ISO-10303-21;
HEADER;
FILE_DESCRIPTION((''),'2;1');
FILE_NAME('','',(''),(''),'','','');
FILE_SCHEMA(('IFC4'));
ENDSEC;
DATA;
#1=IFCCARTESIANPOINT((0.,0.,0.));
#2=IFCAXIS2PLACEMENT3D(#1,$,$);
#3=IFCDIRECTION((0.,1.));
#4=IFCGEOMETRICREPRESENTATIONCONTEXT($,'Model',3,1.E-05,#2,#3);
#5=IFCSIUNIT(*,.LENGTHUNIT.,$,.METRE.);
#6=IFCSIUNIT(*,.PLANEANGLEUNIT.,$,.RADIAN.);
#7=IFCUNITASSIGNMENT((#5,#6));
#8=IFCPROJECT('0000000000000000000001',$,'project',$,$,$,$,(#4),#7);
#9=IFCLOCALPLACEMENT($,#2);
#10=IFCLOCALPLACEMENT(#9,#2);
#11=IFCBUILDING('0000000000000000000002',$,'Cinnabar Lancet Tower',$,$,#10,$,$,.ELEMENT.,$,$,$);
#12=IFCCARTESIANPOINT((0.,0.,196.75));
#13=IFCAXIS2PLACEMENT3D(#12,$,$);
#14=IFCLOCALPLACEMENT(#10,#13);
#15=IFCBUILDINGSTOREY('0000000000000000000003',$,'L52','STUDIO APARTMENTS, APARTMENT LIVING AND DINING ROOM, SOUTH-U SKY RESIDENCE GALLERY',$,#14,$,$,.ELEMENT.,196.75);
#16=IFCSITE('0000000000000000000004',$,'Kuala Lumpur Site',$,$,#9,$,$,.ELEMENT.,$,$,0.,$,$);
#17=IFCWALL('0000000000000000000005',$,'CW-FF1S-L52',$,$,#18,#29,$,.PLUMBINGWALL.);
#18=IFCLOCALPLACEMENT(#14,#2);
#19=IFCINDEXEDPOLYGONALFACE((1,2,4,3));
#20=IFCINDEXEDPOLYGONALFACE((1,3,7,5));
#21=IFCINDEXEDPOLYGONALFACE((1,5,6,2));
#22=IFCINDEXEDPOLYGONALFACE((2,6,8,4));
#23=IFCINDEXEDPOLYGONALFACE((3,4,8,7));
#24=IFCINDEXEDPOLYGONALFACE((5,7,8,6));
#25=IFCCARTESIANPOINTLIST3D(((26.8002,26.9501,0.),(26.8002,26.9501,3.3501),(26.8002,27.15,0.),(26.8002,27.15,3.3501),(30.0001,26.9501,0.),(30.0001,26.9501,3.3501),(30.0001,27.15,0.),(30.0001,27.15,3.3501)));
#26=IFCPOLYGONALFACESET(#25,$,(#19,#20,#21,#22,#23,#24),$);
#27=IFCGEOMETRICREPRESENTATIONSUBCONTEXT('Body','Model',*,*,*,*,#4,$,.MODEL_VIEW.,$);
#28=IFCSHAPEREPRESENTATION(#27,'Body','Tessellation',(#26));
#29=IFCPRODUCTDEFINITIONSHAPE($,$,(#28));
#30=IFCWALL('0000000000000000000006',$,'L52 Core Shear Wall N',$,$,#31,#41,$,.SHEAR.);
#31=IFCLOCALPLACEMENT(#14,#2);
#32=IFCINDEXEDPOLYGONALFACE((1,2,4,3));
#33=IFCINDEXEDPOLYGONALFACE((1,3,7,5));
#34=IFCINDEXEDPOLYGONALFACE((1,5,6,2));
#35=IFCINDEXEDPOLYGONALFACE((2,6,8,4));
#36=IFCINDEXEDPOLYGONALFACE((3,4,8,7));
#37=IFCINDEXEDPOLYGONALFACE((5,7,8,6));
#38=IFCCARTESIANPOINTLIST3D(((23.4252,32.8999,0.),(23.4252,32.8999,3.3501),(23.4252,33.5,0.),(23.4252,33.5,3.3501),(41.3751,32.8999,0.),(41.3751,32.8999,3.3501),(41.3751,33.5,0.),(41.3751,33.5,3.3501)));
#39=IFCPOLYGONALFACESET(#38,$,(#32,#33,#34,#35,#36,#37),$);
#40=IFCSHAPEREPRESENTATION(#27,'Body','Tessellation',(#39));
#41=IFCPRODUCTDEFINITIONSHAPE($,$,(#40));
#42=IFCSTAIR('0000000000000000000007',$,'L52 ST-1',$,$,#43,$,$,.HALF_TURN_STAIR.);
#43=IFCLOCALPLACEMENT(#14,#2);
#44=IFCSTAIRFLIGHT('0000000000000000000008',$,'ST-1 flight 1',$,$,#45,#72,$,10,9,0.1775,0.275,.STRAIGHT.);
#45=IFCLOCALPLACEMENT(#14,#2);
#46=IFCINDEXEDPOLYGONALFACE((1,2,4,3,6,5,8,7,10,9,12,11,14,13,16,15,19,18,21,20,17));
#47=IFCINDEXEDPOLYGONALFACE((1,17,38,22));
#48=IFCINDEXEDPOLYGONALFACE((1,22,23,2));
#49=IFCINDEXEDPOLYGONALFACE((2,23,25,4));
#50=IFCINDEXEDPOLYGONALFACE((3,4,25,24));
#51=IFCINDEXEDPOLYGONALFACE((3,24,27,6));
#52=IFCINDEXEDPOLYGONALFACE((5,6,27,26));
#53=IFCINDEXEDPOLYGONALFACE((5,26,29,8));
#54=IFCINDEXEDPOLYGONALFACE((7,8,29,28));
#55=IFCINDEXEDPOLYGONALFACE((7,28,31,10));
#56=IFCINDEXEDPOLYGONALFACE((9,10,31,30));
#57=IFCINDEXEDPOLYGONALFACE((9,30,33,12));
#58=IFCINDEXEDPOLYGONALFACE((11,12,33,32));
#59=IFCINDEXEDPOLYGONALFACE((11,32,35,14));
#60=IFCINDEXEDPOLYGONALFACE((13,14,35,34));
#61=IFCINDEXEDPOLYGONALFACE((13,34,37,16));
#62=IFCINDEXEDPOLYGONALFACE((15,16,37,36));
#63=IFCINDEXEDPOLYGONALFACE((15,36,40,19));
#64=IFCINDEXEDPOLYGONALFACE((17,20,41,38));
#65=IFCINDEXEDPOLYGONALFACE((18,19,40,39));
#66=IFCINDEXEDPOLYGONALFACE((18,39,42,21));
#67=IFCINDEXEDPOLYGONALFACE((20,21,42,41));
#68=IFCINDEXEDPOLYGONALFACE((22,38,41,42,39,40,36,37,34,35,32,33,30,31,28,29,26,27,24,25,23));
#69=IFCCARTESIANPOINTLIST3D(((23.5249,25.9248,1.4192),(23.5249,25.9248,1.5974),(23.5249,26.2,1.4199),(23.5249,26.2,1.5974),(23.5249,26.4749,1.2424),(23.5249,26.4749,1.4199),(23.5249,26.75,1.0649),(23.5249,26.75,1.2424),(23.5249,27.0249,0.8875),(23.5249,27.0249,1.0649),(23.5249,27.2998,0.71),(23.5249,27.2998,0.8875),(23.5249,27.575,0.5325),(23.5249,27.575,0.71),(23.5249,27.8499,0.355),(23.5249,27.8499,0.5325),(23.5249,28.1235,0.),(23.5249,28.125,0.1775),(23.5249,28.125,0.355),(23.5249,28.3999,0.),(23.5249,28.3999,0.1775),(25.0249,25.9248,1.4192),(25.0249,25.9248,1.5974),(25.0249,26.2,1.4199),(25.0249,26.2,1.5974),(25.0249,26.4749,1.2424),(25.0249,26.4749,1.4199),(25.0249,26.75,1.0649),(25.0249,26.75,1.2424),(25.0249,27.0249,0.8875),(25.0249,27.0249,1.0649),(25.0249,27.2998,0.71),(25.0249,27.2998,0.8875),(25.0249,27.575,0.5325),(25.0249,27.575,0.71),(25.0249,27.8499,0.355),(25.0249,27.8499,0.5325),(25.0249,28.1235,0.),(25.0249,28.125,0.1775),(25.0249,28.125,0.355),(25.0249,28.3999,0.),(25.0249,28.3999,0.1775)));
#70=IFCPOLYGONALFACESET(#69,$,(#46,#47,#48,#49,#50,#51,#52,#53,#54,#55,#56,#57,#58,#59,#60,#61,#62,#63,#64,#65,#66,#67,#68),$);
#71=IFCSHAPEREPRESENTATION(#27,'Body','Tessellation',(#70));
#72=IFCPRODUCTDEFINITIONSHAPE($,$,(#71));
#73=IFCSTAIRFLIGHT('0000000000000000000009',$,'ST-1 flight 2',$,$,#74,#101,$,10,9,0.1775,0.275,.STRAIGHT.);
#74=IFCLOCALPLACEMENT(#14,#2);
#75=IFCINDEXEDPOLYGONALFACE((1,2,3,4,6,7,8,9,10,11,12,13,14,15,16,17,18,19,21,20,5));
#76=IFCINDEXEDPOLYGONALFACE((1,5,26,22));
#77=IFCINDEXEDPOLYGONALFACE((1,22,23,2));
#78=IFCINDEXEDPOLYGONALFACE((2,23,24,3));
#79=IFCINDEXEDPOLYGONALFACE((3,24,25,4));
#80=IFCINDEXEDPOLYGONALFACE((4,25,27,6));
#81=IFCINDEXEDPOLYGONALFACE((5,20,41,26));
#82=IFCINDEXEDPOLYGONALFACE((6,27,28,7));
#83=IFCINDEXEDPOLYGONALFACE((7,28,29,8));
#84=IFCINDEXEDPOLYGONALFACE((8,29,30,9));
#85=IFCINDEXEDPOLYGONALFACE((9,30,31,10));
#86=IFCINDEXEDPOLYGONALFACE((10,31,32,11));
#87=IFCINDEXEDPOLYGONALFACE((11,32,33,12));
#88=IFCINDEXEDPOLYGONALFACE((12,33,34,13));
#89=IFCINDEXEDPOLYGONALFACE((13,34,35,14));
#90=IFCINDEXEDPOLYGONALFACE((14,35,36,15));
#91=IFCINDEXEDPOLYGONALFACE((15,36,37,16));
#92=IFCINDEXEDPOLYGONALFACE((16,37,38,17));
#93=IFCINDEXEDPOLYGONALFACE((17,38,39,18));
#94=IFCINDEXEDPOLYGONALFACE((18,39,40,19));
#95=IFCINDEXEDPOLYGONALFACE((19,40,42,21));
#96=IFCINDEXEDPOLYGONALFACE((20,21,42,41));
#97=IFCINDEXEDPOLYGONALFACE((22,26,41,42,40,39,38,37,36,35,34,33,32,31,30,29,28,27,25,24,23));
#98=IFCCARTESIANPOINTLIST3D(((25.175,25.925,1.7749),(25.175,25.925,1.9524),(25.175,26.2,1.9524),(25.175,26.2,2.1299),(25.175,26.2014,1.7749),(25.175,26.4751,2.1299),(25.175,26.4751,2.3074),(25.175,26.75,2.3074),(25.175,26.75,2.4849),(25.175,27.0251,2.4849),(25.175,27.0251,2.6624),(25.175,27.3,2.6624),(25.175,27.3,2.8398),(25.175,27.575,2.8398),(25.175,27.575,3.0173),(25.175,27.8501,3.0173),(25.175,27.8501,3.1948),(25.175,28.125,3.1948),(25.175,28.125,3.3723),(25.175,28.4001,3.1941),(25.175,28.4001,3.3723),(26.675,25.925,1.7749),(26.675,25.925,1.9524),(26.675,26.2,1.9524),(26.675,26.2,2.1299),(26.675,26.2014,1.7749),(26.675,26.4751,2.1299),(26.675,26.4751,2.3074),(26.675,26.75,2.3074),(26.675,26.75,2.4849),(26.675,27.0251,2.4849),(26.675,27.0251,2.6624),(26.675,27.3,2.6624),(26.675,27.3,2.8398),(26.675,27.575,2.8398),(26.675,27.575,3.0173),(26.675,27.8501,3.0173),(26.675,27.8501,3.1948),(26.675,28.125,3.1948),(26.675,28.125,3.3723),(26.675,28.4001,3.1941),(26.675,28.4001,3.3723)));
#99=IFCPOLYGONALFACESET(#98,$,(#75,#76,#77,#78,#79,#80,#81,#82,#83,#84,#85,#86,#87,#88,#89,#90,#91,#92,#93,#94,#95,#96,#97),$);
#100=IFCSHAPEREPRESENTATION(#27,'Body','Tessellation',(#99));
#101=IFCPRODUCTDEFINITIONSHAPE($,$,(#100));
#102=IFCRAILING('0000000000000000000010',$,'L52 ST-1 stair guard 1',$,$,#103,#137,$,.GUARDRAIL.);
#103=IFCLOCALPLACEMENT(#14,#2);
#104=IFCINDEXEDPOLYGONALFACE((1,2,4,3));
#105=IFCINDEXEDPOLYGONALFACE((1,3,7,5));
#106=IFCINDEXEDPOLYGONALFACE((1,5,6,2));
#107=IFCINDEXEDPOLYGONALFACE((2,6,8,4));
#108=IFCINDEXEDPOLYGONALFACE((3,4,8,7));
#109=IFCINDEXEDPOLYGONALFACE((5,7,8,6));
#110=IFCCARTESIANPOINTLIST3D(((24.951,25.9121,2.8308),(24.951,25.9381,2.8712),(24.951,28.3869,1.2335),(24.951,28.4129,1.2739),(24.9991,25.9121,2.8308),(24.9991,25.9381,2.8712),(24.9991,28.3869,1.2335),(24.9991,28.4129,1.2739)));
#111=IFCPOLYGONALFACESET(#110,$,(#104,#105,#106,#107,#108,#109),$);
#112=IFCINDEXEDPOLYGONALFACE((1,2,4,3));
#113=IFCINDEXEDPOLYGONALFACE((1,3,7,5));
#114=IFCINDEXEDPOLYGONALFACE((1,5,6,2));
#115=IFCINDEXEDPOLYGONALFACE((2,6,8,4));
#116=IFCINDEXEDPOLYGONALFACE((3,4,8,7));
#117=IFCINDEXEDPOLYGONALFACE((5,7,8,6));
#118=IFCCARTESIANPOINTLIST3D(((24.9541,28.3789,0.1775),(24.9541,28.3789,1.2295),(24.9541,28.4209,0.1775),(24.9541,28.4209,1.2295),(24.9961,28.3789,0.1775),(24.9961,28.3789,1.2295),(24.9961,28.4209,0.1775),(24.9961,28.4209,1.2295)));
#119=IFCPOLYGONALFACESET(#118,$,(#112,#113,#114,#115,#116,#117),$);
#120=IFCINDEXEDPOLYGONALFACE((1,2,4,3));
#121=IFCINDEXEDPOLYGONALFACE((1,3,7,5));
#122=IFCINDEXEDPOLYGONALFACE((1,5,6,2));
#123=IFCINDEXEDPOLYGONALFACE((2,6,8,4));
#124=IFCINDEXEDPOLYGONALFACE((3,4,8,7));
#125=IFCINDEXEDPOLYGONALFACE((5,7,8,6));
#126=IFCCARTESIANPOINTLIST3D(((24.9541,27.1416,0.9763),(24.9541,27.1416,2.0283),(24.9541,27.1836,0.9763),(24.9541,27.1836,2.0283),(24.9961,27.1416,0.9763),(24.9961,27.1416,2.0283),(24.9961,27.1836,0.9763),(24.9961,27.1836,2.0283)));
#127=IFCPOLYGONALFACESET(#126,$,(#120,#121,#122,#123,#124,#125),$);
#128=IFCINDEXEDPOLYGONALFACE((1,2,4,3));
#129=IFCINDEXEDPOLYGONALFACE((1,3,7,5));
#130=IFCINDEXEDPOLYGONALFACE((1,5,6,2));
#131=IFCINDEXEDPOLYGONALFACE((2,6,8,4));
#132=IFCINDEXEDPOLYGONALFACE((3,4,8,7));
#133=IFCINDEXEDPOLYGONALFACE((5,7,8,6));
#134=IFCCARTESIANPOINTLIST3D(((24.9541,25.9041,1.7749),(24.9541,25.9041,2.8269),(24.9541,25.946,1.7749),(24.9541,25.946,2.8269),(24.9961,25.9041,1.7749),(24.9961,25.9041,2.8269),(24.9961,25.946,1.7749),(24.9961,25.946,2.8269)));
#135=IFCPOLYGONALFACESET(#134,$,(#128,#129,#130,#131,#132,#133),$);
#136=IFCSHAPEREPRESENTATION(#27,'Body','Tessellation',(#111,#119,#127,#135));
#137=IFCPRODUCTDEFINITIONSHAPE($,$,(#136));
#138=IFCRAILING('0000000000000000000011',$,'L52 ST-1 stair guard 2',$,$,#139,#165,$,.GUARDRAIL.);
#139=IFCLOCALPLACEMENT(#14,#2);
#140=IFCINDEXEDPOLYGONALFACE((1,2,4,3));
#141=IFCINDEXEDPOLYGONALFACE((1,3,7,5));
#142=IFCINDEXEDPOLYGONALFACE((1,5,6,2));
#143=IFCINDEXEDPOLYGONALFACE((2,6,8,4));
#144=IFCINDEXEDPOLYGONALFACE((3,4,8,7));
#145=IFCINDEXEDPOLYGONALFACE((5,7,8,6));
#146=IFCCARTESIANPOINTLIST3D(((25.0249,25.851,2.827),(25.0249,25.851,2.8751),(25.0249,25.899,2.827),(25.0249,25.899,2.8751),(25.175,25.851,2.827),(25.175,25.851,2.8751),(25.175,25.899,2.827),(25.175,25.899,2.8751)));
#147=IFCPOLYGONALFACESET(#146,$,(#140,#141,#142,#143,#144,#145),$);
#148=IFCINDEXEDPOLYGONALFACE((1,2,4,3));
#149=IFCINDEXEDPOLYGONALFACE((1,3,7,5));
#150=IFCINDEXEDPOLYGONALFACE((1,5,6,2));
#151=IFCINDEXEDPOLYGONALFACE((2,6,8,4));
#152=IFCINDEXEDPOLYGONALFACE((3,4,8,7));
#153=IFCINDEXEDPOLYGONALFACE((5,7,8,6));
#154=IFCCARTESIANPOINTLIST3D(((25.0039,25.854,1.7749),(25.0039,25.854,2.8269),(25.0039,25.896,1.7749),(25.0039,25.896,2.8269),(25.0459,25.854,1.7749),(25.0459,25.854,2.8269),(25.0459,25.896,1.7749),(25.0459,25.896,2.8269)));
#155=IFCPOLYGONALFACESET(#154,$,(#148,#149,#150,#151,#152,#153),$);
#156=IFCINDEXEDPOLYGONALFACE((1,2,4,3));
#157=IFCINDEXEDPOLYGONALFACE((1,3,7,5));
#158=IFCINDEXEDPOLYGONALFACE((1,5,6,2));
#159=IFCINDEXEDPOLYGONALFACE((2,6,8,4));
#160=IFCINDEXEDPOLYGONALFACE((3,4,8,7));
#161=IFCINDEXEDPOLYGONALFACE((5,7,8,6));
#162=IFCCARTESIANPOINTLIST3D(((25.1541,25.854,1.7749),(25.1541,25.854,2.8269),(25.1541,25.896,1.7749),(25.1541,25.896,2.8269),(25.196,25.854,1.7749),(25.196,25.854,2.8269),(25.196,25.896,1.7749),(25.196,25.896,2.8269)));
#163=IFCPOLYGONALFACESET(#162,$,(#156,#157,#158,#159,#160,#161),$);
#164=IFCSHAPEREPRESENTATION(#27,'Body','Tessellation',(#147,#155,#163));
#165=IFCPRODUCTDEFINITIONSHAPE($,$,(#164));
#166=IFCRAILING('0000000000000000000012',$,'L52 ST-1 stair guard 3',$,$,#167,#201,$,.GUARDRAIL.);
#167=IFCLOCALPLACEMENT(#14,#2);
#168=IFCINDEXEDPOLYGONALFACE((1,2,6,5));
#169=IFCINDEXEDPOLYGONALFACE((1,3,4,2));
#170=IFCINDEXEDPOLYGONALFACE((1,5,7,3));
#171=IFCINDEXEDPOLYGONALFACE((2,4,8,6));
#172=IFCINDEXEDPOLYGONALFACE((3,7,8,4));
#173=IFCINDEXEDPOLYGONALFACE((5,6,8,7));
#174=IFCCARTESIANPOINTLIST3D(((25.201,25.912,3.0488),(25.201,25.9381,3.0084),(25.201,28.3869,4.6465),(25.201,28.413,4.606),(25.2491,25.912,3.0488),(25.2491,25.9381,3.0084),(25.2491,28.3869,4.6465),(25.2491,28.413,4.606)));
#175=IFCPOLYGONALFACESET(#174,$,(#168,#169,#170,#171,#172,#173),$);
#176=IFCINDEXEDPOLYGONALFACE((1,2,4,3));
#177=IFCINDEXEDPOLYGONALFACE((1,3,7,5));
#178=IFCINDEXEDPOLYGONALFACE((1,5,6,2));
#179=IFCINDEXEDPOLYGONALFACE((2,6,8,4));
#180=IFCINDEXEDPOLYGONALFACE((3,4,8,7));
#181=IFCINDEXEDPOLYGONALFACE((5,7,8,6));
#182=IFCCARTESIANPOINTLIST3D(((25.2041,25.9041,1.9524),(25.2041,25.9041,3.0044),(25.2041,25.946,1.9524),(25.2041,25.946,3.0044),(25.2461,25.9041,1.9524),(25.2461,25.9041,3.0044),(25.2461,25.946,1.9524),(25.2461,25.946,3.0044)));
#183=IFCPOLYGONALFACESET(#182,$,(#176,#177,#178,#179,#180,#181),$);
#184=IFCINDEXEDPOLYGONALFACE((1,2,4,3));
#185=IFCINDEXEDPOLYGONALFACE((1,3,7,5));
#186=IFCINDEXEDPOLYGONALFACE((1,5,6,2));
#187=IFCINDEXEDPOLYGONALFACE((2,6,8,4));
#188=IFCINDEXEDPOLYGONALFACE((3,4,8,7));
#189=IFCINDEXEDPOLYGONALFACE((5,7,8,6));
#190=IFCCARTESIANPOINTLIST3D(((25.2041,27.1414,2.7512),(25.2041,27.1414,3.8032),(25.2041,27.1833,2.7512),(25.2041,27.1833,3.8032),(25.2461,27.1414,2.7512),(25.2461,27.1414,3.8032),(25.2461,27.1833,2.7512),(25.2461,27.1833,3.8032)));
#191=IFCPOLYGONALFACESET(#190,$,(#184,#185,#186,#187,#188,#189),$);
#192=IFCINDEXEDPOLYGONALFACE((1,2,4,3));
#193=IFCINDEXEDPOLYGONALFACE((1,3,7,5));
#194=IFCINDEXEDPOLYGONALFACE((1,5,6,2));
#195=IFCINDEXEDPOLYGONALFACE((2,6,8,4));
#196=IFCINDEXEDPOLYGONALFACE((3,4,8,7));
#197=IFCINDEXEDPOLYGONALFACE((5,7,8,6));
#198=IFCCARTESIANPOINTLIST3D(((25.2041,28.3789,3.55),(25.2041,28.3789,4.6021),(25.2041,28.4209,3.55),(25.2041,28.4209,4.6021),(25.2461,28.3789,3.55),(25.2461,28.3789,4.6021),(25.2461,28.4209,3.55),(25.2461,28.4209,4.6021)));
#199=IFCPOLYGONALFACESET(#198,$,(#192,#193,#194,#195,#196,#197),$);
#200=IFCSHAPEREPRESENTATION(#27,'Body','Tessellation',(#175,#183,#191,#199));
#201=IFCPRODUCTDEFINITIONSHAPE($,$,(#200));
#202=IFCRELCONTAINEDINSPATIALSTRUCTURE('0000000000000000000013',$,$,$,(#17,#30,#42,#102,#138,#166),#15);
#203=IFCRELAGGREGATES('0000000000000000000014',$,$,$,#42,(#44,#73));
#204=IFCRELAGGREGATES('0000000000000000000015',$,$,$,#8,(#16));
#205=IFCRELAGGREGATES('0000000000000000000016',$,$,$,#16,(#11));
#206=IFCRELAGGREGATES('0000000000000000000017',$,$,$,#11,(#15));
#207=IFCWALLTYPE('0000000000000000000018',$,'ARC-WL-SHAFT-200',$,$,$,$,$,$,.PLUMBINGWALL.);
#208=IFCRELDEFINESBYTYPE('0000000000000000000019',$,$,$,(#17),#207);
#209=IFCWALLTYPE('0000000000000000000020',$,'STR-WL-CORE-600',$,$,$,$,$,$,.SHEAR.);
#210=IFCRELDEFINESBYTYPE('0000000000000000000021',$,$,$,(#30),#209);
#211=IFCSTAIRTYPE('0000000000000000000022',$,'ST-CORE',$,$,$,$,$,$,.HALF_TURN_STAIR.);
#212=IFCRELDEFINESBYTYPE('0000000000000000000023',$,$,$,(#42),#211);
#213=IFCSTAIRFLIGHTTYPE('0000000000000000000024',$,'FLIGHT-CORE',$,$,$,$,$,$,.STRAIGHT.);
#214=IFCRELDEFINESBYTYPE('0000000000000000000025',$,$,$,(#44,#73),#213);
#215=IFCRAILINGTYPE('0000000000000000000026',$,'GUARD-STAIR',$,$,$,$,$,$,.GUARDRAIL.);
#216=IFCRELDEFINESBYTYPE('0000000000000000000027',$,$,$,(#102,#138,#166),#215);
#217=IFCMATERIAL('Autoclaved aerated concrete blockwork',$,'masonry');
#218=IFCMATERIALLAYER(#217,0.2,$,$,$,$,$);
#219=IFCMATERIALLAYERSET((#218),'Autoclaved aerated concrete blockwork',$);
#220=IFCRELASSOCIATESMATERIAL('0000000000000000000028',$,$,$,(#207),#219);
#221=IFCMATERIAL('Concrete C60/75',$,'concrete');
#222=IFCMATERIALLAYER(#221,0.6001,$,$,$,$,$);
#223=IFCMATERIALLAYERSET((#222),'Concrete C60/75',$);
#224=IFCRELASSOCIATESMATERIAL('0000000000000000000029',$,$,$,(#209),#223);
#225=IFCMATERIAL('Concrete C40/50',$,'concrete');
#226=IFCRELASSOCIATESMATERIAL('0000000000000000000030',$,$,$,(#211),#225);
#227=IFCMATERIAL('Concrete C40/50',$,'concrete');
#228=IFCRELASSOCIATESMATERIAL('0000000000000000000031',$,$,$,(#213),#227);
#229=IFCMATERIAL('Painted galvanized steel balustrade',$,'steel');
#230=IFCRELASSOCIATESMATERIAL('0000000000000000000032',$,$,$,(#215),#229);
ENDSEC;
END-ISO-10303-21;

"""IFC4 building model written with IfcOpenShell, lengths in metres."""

from ifc_helpers import new_model, si_unit, direction, frame, frame_2d, origin, origin_2d, place, context, subcontext, project, spatial, polyline, rectangle, outline, extrude, material, layer, layer_set, type_object, element, aggregate, save


model = new_model("IFC4")

# Units and contexts
model_context = context("Model", 3, precision=1e-05, world=origin(), true_north=direction((0.0, 1.0)))
body_context = subcontext(model_context, "Body", "Model", "MODEL_VIEW")
ifc_project = project(units=[si_unit("LENGTHUNIT", "METRE"), si_unit("PLANEANGLEUNIT", "RADIAN")], contexts=[model_context])

# Site, building, storey
site_placement = place(None, origin())
site = spatial("IfcSite", under=ifc_project, at=site_placement, Name="Kuala Lumpur Site", CompositionType="ELEMENT", RefElevation=0.0)
building_placement = place(site_placement, origin())
building = spatial("IfcBuilding", under=site, at=building_placement, Name="Cinnabar Lancet Tower", CompositionType="ELEMENT")
storey_placement = place(building_placement, frame((0.0, 0.0, 196.75)))
storey = spatial("IfcBuildingStorey", under=building, at=storey_placement, Name="L52", Description="STUDIO APARTMENTS, APARTMENT LIVING AND DINING ROOM, SOUTH-U SKY RESIDENCE GALLERY", CompositionType="ELEMENT", Elevation=196.75)

# Shared definitions
ifc_material_1 = material(Name="Autoclaved aerated concrete blockwork", Category="masonry")
ifc_layer_1 = layer(ifc_material_1, 0.2)
ifc_layer_set_1 = layer_set([ifc_layer_1], Name="Autoclaved aerated concrete blockwork")
wall_type_1 = type_object("IfcWallType", Name="ARC-WL-SHAFT-200", PredefinedType="PLUMBINGWALL", material=ifc_layer_set_1)

# Walls
wall_1_placement = place(storey_placement, frame((26.8, 27.05, 0.0), z_axis=(0.0, 0.0, 1.0), x_axis=(1.0, 0.0, 0.0)))
element("IfcWall", 1, at=wall_1_placement, inside=storey, type_object=wall_type_1, Name="CW-FF1S-L52", PredefinedType="PLUMBINGWALL", context=body_context, shape_type="SweptSolid", body=[
    extrude(rectangle(XDim=3.2, YDim=0.2, at=frame_2d((1.6001, 0.0))), origin(), (0.0, 0.0, 1.0), 3.3501),
])
ifc_material_2 = material(Name="Concrete C60/75", Category="concrete")
ifc_layer_2 = layer(ifc_material_2, 0.6001)
ifc_layer_set_2 = layer_set([ifc_layer_2], Name="Concrete C60/75")
wall_type_2 = type_object("IfcWallType", Name="STR-WL-CORE-600", PredefinedType="SHEAR", material=ifc_layer_set_2)
wall_2_placement = place(storey_placement, frame((23.425, 33.2, 0.0), z_axis=(0.0, 0.0, 1.0), x_axis=(1.0, 0.0, 0.0)))
element("IfcWall", 2, at=wall_2_placement, inside=storey, type_object=wall_type_2, Name="L52 Core Shear Wall N", PredefinedType="SHEAR", context=body_context, shape_type="SweptSolid", body=[
    extrude(rectangle(XDim=17.95, YDim=0.6001, at=frame_2d((8.9751, 0.0))), origin(), (0.0, 0.0, 1.0), 3.3501),
])

# Stair, stair flights
ifc_material_3 = material(Name="Concrete C40/50", Category="concrete")
stair_type = type_object("IfcStairType", Name="ST-CORE", PredefinedType="HALF_TURN_STAIR", material=ifc_material_3)
stair_placement = place(storey_placement, origin())
stair = element("IfcStair", 3, at=stair_placement, inside=storey, type_object=stair_type, Name="L52 ST-1", PredefinedType="HALF_TURN_STAIR")
ifc_material_4 = material(Name="Concrete C40/50", Category="concrete")
stair_flight_type = type_object("IfcStairFlightType", Name="FLIGHT-CORE", PredefinedType="STRAIGHT", material=ifc_material_4)
stair_flight_1_placement = place(storey_placement, frame((24.2749, 28.3999, 0.0), z_axis=(0.0, 0.0, 1.0), x_axis=(0.0, -1.0, 0.0)))
stair_flight_1 = element("IfcStairFlight", 4, at=stair_flight_1_placement, type_object=stair_flight_type, Name="ST-1 flight 1", NumberOfRisers=10, NumberOfTreads=9, PredefinedType="STRAIGHT", RiserHeight=0.1775, TreadLength=0.275, context=body_context, shape_type="SweptSolid", body=[
    extrude(outline(polyline([(0.0, 0.0), (0.0, 0.1775), (0.2749, 0.1775), (0.2749, 0.355), (0.55, 0.355), (0.55, 0.5325), (0.825, 0.5325), (0.825, 0.71), (1.1001, 0.71), (1.1001, 0.8875), (1.375, 0.8875), (1.375, 1.0649), (1.6499, 1.0649), (1.6499, 1.2424), (1.925, 1.2424), (1.925, 1.4199), (2.2, 1.4199), (2.2, 1.5974), (2.4751, 1.5974), (2.4751, 1.7749), (2.4751, 1.4192), (0.2764, 0.0), (0.0, 0.0)])), frame((0.0, 0.75, 0.0), z_axis=(0.0, -1.0, 0.0), x_axis=(1.0, 0.0, 0.0)), (0.0, 0.0, 1.0), 1.5),
])
stair_flight_2_placement = place(storey_placement, frame((25.925, 25.925, 1.7749), z_axis=(0.0, 0.0, 1.0), x_axis=(0.0, 1.0, 0.0)))
stair_flight_2 = element("IfcStairFlight", 5, at=stair_flight_2_placement, type_object=stair_flight_type, Name="ST-1 flight 2", NumberOfRisers=10, NumberOfTreads=9, PredefinedType="STRAIGHT", RiserHeight=0.1775, TreadLength=0.275, context=body_context, shape_type="SweptSolid", body=[
    extrude(outline(polyline([(0.0, 0.0), (0.0, 0.1775), (0.2749, 0.1775), (0.2749, 0.355), (0.55, 0.355), (0.55, 0.5325), (0.825, 0.5325), (0.825, 0.71), (1.1001, 0.71), (1.1001, 0.8875), (1.375, 0.8875), (1.375, 1.0649), (1.6499, 1.0649), (1.6499, 1.2424), (1.925, 1.2424), (1.925, 1.4199), (2.2, 1.4199), (2.2, 1.5974), (2.4751, 1.5974), (2.4751, 1.7749), (2.4751, 1.4192), (0.2764, 0.0), (0.0, 0.0)])), frame((0.0, 0.75, 0.0), z_axis=(0.0, -1.0, 0.0), x_axis=(1.0, 0.0, 0.0)), (0.0, 0.0, 1.0), 1.5),
])
aggregate(stair, [stair_flight_1, stair_flight_2])

# Railings
ifc_material_5 = material(Name="Painted galvanized steel balustrade", Category="steel")
railing_type_1 = type_object("IfcRailingType", Name="GUARD-STAIR", PredefinedType="GUARDRAIL", material=ifc_material_5)
railing_1_placement = place(storey_placement, frame((24.9751, 28.3999, 0.1775)))
element("IfcRailing", 6, at=railing_1_placement, inside=storey, type_object=railing_type_1, Name="L52 ST-1 stair guard 1", PredefinedType="GUARDRAIL", context=body_context, shape_type="SweptSolid", body=[
    extrude(rectangle(XDim=0.0481, YDim=0.0481, at=origin_2d()), frame((0.0, 0.0, 1.0762), z_axis=(0.0, -0.840183, 0.542302), x_axis=(1.0, 0.0, 0.0)), (0.0, 0.0, 1.0), 2.9456),
    extrude(rectangle(XDim=0.042, YDim=0.042, at=origin_2d()), origin(), (0.0, 0.0, 1.0), 1.052),
    extrude(rectangle(XDim=0.042, YDim=0.042, at=origin_2d()), frame((0.0, -1.2373, 0.7988)), (0.0, 0.0, 1.0), 1.052),
    extrude(rectangle(XDim=0.042, YDim=0.042, at=origin_2d()), frame((0.0, -2.4749, 1.5974)), (0.0, 0.0, 1.0), 1.052),
])
railing_2_placement = place(storey_placement, frame((25.0249, 25.875, 1.7749)))
element("IfcRailing", 7, at=railing_2_placement, inside=storey, type_object=railing_type_1, Name="L52 ST-1 stair guard 2", PredefinedType="GUARDRAIL", context=body_context, shape_type="SweptSolid", body=[
    extrude(rectangle(XDim=0.0481, YDim=0.0481, at=origin_2d()), frame((0.0, 0.0, 1.0762), z_axis=(1.0, 0.0, 0.0), x_axis=(0.0, 1.0, 0.0)), (0.0, 0.0, 1.0), 0.1501),
    extrude(rectangle(XDim=0.042, YDim=0.042, at=origin_2d()), origin(), (0.0, 0.0, 1.0), 1.052),
    extrude(rectangle(XDim=0.042, YDim=0.042, at=origin_2d()), frame((0.1501, 0.0, 0.0)), (0.0, 0.0, 1.0), 1.052),
])
railing_3_placement = place(storey_placement, frame((25.2251, 25.925, 1.9524)))
element("IfcRailing", 8, at=railing_3_placement, inside=storey, type_object=railing_type_1, Name="L52 ST-1 stair guard 3", PredefinedType="GUARDRAIL", context=body_context, shape_type="SweptSolid", body=[
    extrude(rectangle(XDim=0.0481, YDim=0.0481, at=origin_2d()), frame((0.0, 0.0, 1.0762), z_axis=(0.0, 0.840146, 0.542361), x_axis=(-1.0, 0.0, 0.0)), (0.0, 0.0, 1.0), 2.9458),
    extrude(rectangle(XDim=0.042, YDim=0.042, at=origin_2d()), origin(), (0.0, 0.0, 1.0), 1.052),
    extrude(rectangle(XDim=0.042, YDim=0.042, at=origin_2d()), frame((0.0, 1.2373, 0.7988)), (0.0, 0.0, 1.0), 1.052),
    extrude(rectangle(XDim=0.042, YDim=0.042, at=origin_2d()), frame((0.0, 2.4749, 1.5977)), (0.0, 0.0, 1.0), 1.052),
])

save(model, "model.ifc")
